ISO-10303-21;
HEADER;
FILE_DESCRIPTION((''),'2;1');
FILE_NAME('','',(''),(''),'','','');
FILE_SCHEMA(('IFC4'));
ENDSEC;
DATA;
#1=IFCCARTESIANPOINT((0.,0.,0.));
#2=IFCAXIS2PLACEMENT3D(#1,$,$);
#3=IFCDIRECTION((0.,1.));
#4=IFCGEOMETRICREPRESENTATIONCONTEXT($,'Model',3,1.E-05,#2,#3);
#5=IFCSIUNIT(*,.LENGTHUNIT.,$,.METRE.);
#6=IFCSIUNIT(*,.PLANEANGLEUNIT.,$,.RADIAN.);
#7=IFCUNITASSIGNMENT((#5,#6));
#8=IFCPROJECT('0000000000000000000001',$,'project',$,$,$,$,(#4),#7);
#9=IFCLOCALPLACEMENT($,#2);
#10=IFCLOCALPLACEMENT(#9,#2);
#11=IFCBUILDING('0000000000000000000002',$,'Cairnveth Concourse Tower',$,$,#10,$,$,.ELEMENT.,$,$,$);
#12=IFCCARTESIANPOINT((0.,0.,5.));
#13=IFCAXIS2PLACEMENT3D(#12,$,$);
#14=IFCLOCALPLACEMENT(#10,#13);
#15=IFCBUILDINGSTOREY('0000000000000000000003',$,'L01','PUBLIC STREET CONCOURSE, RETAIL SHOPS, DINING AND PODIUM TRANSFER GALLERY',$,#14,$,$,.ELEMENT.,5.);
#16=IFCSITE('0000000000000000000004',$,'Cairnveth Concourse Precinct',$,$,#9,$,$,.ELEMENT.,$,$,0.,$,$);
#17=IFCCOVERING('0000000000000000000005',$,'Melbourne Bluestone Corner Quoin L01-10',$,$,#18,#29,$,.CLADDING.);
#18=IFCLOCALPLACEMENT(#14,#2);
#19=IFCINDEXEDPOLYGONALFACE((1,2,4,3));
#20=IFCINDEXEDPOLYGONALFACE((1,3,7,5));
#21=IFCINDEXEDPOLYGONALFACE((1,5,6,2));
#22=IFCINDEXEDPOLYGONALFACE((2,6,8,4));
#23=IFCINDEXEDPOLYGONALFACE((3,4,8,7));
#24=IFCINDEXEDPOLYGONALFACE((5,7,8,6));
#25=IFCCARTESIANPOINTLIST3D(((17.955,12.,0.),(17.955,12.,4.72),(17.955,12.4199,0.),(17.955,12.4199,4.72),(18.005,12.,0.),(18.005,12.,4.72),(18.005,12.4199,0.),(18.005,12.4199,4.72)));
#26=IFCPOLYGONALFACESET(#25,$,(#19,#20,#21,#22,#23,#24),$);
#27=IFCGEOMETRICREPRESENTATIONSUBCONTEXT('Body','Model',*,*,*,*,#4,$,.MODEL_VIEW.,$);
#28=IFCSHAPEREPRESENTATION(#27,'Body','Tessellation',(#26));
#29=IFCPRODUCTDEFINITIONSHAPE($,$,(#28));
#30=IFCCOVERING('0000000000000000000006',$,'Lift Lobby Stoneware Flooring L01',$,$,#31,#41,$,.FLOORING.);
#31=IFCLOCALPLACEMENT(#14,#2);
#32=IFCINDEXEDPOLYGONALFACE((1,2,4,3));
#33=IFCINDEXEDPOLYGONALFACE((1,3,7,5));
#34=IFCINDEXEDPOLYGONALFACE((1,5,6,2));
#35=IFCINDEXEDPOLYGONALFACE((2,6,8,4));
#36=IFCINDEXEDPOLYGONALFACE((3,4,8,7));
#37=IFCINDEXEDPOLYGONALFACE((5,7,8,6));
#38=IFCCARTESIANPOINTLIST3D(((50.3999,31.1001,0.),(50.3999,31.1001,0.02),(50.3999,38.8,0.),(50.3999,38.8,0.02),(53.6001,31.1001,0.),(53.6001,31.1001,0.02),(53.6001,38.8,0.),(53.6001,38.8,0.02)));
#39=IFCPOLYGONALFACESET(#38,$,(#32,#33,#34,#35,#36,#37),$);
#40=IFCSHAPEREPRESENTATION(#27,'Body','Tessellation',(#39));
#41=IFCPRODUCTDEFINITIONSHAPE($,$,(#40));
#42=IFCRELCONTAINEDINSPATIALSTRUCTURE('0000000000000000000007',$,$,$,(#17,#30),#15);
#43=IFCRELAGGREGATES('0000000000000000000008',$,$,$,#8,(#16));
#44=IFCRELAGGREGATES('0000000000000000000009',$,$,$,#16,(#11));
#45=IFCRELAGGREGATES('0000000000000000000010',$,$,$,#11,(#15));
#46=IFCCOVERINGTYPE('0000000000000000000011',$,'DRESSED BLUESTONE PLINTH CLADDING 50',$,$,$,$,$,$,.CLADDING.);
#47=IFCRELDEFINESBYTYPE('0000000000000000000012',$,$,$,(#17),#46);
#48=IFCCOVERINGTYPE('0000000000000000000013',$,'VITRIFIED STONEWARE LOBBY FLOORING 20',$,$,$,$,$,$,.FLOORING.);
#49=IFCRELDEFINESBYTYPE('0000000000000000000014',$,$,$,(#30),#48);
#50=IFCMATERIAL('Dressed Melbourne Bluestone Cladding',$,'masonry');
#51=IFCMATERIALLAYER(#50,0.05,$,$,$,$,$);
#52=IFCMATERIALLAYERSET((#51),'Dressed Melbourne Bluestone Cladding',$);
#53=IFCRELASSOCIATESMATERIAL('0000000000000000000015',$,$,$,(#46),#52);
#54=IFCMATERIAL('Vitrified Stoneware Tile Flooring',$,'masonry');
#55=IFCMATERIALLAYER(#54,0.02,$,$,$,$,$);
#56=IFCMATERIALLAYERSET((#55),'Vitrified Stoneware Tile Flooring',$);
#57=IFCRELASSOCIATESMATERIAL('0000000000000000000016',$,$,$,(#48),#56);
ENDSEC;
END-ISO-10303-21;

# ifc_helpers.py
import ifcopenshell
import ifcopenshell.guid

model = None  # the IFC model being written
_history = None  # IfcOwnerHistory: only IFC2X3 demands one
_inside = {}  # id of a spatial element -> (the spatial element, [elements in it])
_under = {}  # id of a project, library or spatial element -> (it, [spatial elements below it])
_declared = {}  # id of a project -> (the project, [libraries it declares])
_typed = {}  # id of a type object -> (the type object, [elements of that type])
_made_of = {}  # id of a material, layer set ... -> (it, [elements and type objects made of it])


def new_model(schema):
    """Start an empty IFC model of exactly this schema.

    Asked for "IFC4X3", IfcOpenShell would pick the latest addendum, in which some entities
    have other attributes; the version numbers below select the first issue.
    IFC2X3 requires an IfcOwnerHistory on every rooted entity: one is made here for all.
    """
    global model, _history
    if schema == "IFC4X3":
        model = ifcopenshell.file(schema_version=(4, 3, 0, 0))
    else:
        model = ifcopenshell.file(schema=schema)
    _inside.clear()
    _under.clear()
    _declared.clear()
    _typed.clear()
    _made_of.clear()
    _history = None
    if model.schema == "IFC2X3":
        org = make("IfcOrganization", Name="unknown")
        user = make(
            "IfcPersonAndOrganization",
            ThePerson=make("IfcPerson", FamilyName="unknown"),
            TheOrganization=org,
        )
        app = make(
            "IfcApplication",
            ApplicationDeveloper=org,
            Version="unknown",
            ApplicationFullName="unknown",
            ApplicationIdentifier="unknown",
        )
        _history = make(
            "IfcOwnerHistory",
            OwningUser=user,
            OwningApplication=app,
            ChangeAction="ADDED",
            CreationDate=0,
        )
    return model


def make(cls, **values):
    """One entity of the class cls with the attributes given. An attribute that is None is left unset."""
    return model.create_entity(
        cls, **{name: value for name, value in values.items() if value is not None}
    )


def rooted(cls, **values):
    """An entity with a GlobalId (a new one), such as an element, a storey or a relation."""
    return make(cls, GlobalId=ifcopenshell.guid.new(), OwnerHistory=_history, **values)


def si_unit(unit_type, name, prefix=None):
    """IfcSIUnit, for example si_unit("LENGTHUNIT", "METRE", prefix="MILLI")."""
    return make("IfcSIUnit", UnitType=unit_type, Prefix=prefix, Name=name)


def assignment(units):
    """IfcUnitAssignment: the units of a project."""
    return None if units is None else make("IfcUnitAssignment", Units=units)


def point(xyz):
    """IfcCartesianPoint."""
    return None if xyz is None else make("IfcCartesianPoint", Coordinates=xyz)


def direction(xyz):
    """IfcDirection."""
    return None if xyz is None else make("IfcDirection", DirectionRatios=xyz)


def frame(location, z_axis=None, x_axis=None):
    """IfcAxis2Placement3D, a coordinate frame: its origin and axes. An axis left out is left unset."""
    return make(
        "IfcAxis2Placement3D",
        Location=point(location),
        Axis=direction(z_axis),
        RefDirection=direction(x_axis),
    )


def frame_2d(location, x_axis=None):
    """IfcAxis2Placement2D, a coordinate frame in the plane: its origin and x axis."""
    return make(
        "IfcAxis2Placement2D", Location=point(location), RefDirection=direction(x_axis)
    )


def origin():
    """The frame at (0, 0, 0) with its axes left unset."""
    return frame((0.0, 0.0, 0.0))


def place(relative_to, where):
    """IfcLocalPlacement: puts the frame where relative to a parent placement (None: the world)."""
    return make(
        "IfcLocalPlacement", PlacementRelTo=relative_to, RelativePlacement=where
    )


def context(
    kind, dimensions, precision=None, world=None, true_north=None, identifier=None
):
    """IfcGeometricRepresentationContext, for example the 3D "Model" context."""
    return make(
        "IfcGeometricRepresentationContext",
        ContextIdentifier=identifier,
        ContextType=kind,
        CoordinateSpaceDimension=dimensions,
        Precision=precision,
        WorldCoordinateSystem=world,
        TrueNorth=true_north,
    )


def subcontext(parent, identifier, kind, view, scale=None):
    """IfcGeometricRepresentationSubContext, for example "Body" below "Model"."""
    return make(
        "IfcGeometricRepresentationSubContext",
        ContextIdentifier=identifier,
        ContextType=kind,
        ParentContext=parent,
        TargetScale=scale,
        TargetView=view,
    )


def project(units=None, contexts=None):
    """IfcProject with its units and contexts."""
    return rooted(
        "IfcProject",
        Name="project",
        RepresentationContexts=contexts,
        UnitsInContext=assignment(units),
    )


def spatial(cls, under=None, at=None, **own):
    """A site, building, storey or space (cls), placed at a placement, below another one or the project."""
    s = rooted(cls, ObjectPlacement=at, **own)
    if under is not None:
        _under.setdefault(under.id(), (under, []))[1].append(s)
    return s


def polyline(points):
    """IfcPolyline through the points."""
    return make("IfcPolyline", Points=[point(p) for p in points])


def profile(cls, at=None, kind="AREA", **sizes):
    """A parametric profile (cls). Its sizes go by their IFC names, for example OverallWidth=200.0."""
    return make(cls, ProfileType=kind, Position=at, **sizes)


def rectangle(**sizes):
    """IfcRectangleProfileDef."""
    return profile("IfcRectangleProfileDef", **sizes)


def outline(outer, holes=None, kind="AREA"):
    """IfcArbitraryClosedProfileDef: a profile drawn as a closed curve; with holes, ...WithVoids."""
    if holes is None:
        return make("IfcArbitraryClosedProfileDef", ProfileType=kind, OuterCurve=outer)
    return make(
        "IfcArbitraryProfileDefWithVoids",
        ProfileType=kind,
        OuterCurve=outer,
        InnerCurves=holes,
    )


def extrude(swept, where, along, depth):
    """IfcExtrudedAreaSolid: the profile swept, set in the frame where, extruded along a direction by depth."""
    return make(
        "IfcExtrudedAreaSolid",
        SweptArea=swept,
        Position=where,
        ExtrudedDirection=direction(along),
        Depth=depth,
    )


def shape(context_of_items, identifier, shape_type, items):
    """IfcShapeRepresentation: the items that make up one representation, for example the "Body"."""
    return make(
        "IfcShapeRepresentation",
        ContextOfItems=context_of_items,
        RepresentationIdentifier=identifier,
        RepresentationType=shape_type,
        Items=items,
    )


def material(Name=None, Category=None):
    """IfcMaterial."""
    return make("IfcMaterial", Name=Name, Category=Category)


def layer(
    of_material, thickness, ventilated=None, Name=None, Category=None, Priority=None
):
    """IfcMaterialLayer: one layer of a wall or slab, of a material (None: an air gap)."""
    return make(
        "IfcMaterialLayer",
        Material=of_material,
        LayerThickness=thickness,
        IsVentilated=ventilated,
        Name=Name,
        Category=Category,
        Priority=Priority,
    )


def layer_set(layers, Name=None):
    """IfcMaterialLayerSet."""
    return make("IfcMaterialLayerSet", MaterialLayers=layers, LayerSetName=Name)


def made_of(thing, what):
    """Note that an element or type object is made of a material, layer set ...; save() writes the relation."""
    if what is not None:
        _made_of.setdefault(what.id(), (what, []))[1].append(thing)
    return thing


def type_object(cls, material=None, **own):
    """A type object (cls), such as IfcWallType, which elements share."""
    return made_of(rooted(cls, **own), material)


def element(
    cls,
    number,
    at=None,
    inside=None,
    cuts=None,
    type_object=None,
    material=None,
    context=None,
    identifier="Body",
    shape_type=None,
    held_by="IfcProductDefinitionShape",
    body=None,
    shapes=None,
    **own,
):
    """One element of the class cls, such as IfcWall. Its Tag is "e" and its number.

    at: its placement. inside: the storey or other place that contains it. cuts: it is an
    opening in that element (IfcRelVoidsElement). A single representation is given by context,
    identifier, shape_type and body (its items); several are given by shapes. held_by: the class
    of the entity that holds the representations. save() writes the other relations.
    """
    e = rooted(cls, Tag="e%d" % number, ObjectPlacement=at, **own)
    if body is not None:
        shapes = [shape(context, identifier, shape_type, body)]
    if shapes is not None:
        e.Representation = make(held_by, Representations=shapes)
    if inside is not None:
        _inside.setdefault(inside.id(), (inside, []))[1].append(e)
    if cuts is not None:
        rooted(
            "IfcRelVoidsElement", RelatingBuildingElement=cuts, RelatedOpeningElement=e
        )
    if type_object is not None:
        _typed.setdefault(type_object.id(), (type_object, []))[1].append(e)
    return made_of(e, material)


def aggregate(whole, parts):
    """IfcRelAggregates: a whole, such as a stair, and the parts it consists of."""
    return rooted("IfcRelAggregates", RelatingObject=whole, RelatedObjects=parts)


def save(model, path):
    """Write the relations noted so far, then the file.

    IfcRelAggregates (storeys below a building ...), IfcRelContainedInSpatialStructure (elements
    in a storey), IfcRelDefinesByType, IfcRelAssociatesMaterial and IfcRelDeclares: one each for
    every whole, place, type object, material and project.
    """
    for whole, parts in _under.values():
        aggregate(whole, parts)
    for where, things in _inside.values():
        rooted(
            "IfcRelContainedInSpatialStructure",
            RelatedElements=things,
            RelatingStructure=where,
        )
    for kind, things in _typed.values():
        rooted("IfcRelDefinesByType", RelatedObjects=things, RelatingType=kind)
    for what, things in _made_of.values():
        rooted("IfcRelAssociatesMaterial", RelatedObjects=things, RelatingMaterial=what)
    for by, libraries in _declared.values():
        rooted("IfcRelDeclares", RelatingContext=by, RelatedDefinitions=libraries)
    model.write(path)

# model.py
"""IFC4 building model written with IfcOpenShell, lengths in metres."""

from ifc_helpers import new_model, si_unit, direction, frame, frame_2d, origin, place, context, subcontext, project, spatial, polyline, rectangle, outline, extrude, material, layer, layer_set, type_object, element, save


model = new_model("IFC4")

# Units and contexts
model_context = context("Model", 3, precision=1e-05, world=origin(), true_north=direction((0.0, 1.0)))
body_context = subcontext(model_context, "Body", "Model", "MODEL_VIEW")
ifc_project = project(units=[si_unit("LENGTHUNIT", "METRE"), si_unit("PLANEANGLEUNIT", "RADIAN")], contexts=[model_context])

# Site, building, storey
site_placement = place(None, origin())
site = spatial("IfcSite", under=ifc_project, at=site_placement, Name="Cairnveth Concourse Precinct", CompositionType="ELEMENT", RefElevation=0.0)
building_placement = place(site_placement, origin())
building = spatial("IfcBuilding", under=site, at=building_placement, Name="Cairnveth Concourse Tower", CompositionType="ELEMENT")
storey_placement = place(building_placement, frame((0.0, 0.0, 5.0)))
storey = spatial("IfcBuildingStorey", under=building, at=storey_placement, Name="L01", Description="PUBLIC STREET CONCOURSE, RETAIL SHOPS, DINING AND PODIUM TRANSFER GALLERY", CompositionType="ELEMENT", Elevation=5.0)

# Coverings
ifc_material_1 = material(Name="Dressed Melbourne Bluestone Cladding", Category="masonry")
ifc_layer_1 = layer(ifc_material_1, 0.05)
ifc_layer_set_1 = layer_set([ifc_layer_1], Name="Dressed Melbourne Bluestone Cladding")
covering_type_1 = type_object("IfcCoveringType", Name="DRESSED BLUESTONE PLINTH CLADDING 50", PredefinedType="CLADDING", material=ifc_layer_set_1)
covering_1_placement = place(storey_placement, frame((17.98, 12.4199, 0.0), z_axis=(0.0, 0.0, 1.0), x_axis=(0.0, -1.0, 0.0)))
element("IfcCovering", 1, at=covering_1_placement, inside=storey, type_object=covering_type_1, Name="Melbourne Bluestone Corner Quoin L01-10", PredefinedType="CLADDING", context=body_context, shape_type="SweptSolid", body=[
    extrude(rectangle(XDim=0.4199, YDim=0.05, at=frame_2d((0.21, 0.0))), origin(), (0.0, 0.0, 1.0), 4.72),
])
ifc_material_2 = material(Name="Vitrified Stoneware Tile Flooring", Category="masonry")
ifc_layer_2 = layer(ifc_material_2, 0.02)
ifc_layer_set_2 = layer_set([ifc_layer_2], Name="Vitrified Stoneware Tile Flooring")
covering_type_2 = type_object("IfcCoveringType", Name="VITRIFIED STONEWARE LOBBY FLOORING 20", PredefinedType="FLOORING", material=ifc_layer_set_2)
covering_2_placement = place(storey_placement, origin())
element("IfcCovering", 2, at=covering_2_placement, inside=storey, type_object=covering_type_2, Name="Lift Lobby Stoneware Flooring L01", PredefinedType="FLOORING", context=body_context, shape_type="SweptSolid", body=[
    extrude(outline(polyline([(50.3999, 31.1001), (53.6001, 31.1001), (53.6001, 38.8), (50.3999, 38.8), (50.3999, 31.1001)])), origin(), (0.0, 0.0, 1.0), 0.02),
])

save(model, "model.ifc")
